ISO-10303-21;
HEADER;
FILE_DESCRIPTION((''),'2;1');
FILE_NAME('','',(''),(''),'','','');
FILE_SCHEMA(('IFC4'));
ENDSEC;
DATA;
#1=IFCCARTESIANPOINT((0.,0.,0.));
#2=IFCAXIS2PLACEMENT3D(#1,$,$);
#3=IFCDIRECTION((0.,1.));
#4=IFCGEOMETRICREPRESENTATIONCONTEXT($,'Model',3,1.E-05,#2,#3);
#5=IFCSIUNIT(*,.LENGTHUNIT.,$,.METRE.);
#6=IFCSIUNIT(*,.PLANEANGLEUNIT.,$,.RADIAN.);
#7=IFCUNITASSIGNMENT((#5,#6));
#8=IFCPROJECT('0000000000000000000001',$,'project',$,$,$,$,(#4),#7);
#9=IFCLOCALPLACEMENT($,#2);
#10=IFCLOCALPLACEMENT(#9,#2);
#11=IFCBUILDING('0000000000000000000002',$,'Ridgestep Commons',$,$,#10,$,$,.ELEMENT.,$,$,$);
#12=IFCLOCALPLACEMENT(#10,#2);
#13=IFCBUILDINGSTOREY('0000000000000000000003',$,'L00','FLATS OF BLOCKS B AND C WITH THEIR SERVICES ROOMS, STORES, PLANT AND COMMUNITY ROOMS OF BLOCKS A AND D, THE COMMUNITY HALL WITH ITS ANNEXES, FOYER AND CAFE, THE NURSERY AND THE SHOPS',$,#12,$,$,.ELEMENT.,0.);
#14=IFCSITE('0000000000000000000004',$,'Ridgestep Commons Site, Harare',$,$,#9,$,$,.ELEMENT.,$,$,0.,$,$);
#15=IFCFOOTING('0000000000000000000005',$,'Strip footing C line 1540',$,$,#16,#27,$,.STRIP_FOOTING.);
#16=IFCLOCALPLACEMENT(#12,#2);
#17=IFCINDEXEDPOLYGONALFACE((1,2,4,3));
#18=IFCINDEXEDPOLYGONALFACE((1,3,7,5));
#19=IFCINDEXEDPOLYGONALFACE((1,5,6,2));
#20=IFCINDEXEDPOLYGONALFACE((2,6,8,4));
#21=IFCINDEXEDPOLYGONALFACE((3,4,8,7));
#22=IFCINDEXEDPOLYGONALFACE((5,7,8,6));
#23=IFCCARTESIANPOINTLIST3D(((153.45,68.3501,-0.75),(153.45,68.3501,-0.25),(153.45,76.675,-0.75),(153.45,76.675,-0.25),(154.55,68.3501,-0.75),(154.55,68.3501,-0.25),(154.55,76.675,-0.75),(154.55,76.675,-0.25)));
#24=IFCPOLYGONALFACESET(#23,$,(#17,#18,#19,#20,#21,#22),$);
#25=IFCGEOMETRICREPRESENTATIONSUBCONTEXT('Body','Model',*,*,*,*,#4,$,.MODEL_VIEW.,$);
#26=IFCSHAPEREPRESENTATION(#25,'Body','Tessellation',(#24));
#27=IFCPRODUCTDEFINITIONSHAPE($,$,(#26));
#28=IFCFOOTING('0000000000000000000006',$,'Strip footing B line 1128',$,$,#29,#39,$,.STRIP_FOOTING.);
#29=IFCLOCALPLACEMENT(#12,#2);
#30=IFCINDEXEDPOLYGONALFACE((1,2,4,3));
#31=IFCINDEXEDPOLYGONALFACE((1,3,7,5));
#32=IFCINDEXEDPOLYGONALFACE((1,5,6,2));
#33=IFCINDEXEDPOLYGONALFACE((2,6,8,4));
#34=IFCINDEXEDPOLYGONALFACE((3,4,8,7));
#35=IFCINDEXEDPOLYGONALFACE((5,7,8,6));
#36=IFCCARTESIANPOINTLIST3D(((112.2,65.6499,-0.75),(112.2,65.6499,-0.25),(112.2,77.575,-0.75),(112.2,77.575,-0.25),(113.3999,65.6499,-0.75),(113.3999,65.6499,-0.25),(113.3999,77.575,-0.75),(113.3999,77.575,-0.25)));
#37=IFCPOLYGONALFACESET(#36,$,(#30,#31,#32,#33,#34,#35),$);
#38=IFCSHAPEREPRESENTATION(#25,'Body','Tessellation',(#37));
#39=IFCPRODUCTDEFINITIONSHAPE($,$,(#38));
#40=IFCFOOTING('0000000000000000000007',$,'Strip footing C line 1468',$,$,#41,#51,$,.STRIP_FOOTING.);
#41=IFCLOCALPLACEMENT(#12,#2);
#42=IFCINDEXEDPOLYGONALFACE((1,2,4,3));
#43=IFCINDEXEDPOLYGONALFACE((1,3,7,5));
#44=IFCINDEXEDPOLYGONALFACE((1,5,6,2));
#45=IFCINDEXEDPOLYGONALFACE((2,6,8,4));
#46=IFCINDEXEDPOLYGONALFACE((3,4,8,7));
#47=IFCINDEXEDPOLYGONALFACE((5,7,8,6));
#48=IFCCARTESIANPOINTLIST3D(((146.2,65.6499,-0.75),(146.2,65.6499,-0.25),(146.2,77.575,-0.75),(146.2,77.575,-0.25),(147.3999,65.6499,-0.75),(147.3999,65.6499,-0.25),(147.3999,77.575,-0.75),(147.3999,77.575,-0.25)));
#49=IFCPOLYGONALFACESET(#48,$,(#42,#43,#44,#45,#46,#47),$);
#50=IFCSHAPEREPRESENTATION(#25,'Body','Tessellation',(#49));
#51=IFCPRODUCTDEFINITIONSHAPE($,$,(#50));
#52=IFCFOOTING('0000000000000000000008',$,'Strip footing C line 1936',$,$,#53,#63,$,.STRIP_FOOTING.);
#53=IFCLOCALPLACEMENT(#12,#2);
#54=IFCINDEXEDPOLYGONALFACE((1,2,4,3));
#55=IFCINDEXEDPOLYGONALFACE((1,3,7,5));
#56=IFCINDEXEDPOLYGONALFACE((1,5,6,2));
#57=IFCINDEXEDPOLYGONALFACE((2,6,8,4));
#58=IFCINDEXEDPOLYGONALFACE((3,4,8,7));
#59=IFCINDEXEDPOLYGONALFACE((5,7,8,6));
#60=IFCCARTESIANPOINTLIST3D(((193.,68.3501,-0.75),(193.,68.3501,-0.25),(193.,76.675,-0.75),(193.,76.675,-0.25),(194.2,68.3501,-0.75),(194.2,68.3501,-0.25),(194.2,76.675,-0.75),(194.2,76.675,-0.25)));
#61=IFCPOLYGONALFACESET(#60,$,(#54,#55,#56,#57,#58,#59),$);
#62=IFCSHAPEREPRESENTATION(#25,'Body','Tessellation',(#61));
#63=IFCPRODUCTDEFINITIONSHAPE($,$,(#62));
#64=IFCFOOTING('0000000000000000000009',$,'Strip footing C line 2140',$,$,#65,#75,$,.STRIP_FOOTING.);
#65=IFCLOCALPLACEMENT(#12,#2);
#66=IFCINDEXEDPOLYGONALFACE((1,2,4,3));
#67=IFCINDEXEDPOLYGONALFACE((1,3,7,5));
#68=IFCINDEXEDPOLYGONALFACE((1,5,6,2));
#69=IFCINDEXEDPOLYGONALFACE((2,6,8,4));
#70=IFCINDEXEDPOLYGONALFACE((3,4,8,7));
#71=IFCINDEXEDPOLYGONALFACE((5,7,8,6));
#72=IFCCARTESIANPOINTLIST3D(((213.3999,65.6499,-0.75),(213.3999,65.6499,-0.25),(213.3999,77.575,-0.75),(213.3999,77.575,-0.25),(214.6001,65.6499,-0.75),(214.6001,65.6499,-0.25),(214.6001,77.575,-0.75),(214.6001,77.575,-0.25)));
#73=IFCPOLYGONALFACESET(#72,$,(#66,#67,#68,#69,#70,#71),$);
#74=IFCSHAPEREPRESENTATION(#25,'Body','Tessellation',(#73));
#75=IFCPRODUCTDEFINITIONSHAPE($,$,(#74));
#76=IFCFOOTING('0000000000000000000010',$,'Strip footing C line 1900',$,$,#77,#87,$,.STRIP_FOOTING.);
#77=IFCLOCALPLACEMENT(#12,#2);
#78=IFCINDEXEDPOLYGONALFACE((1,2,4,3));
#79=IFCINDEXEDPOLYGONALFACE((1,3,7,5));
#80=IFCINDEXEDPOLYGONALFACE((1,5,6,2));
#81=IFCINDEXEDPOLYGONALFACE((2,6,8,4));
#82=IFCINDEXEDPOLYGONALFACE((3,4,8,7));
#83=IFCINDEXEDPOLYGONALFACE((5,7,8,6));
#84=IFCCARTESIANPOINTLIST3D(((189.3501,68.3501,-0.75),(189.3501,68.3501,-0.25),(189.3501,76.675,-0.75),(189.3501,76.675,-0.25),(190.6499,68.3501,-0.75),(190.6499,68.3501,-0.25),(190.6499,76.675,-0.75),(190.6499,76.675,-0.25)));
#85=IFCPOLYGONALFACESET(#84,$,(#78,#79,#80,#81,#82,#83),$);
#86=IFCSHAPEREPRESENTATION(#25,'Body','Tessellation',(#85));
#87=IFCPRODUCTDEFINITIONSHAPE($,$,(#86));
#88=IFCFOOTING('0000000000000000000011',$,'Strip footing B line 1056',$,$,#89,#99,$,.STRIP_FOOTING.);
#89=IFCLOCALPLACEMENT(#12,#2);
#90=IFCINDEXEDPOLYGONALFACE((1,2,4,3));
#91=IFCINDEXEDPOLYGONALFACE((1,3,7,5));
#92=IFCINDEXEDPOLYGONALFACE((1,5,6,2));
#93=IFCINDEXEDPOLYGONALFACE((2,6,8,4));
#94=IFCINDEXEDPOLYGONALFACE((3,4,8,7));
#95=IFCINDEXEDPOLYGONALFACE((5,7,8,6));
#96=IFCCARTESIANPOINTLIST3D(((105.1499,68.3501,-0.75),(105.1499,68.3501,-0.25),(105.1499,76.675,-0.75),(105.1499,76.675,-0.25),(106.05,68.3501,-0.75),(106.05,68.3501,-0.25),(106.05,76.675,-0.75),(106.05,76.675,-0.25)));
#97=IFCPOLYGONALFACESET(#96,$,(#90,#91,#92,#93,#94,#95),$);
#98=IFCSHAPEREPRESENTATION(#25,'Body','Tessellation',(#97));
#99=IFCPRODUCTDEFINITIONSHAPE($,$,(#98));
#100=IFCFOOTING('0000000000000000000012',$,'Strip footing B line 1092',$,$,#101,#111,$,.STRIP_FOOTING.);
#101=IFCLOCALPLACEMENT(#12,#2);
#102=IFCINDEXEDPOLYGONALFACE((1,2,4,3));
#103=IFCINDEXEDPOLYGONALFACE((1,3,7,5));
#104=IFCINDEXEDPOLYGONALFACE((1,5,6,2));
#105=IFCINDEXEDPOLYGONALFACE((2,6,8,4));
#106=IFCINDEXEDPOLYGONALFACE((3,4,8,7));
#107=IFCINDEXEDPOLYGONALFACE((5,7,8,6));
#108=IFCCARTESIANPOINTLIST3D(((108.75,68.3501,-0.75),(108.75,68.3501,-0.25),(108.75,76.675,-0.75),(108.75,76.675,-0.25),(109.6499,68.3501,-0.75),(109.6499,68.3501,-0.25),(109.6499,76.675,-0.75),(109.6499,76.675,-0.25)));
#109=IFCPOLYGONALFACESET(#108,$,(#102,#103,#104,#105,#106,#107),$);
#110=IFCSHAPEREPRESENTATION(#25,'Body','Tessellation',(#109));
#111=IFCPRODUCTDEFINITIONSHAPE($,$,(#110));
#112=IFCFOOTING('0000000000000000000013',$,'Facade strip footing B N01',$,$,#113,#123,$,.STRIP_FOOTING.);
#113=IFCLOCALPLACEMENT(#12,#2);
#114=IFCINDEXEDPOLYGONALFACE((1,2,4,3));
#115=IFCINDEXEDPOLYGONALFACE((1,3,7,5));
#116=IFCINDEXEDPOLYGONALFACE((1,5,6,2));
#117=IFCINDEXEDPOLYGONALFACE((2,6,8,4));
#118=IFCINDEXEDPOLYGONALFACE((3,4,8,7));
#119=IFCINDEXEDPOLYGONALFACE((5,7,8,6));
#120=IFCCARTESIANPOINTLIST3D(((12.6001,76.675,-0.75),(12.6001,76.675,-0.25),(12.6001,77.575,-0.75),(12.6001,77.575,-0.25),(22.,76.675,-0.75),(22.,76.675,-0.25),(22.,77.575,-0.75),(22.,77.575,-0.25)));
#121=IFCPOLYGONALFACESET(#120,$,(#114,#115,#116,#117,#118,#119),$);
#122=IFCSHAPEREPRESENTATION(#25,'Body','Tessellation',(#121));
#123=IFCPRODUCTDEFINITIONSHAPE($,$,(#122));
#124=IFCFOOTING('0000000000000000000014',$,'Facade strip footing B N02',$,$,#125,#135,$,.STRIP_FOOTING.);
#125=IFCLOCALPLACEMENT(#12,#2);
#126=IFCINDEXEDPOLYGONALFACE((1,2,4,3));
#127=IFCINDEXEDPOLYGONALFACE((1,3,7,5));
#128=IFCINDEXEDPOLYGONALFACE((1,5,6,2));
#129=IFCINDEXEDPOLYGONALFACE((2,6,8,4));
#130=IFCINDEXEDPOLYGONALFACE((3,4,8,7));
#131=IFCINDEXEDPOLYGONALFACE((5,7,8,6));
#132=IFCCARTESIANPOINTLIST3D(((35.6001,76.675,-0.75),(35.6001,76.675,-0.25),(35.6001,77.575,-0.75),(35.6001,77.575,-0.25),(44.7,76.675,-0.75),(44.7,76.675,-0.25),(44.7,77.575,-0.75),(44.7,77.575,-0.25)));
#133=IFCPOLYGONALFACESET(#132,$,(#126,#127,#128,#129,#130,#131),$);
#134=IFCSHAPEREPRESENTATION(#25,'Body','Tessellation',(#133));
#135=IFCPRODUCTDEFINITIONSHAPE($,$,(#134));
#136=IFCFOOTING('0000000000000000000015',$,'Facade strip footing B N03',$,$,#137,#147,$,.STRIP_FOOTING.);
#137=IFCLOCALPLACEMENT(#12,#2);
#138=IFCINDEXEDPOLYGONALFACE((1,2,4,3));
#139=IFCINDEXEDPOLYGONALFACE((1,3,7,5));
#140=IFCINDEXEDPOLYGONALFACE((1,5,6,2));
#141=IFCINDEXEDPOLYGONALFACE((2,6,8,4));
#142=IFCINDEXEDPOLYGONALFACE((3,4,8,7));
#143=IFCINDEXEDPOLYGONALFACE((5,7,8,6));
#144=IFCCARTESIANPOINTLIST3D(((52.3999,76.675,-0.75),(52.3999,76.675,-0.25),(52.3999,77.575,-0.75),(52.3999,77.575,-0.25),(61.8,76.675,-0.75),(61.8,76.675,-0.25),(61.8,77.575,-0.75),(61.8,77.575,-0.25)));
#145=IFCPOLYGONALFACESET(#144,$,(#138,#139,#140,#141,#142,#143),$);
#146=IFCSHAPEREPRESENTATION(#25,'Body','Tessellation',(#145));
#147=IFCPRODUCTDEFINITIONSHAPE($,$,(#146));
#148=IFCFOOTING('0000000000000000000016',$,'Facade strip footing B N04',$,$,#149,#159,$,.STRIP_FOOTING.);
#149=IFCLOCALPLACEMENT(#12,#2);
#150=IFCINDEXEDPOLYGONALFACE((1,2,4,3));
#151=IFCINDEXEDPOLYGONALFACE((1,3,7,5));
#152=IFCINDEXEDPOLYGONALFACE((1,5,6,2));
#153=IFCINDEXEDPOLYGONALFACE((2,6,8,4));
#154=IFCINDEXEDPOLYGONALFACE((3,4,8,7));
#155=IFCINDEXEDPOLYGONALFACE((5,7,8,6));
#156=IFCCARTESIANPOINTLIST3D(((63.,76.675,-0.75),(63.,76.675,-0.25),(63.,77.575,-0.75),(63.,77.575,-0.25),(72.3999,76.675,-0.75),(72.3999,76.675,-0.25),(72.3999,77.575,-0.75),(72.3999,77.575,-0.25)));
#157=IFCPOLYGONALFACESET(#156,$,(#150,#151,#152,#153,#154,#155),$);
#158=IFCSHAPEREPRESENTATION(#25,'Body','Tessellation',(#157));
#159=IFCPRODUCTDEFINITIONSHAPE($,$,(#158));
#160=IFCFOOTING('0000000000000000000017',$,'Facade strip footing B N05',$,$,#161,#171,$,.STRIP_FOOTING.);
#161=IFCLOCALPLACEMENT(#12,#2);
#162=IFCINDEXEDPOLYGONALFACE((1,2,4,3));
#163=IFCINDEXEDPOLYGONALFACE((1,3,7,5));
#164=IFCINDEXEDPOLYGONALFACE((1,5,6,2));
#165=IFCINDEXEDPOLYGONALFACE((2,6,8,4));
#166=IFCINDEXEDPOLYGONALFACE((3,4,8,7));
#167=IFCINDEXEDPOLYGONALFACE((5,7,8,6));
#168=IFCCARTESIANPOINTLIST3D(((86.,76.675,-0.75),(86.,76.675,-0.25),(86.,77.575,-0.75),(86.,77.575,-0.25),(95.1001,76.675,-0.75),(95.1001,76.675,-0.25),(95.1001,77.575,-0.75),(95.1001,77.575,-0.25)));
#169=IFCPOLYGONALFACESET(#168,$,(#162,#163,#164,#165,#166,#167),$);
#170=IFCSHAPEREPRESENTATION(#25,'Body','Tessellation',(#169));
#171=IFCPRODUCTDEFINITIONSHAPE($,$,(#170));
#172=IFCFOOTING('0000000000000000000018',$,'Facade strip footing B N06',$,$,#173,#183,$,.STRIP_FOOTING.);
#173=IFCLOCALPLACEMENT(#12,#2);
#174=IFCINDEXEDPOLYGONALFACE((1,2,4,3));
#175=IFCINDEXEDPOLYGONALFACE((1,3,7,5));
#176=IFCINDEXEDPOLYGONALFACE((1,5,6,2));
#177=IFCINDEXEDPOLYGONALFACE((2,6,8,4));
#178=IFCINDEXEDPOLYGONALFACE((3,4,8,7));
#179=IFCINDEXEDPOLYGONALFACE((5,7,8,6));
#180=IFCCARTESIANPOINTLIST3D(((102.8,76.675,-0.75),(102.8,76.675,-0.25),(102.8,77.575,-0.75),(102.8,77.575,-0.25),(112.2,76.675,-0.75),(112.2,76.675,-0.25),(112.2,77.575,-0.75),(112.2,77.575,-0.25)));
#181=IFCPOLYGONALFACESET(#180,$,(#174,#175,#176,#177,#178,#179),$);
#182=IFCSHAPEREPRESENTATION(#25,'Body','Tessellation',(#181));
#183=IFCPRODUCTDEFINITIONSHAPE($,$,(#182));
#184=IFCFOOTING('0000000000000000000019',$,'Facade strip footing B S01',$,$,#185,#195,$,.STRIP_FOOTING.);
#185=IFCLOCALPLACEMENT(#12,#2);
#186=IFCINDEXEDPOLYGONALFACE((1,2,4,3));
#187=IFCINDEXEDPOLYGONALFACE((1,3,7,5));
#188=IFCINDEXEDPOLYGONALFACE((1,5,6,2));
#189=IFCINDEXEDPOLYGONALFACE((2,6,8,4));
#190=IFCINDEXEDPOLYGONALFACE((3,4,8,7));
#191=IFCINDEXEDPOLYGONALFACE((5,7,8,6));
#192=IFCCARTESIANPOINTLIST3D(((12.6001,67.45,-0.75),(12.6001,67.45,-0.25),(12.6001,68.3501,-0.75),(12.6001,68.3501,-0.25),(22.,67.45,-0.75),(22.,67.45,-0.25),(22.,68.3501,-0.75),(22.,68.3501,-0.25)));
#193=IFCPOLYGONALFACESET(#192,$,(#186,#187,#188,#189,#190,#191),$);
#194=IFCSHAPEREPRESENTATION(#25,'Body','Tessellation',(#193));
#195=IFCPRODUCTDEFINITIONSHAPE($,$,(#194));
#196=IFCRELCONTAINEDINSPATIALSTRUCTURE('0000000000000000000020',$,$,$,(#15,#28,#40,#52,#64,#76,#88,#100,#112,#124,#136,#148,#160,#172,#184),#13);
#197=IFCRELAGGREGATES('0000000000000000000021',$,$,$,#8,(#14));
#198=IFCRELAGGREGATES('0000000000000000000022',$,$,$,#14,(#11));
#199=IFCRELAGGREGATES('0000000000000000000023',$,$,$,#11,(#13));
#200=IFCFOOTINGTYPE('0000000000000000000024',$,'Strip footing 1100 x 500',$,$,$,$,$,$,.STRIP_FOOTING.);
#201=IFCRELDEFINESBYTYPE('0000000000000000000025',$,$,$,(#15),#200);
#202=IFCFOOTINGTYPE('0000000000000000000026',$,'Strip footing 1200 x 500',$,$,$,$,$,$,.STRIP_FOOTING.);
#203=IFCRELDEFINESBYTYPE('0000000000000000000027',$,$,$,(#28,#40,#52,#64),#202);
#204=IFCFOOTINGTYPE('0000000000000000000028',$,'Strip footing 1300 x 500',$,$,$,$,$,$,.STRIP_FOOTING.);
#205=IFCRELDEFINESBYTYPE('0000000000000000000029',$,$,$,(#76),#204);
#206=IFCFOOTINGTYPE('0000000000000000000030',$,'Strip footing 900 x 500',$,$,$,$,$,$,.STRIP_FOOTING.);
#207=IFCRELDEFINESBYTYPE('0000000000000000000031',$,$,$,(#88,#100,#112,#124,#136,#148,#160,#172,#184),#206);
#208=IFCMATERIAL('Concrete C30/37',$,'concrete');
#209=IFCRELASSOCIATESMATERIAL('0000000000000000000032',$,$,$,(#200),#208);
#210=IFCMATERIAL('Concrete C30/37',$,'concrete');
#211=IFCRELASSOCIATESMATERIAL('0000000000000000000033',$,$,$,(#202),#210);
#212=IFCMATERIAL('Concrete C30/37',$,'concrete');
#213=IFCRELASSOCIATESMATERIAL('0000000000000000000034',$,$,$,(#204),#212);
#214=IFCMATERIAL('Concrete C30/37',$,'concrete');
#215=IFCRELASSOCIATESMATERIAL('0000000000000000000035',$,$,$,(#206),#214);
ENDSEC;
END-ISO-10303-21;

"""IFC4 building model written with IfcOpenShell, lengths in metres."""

from ifc_helpers import new_model, si_unit, direction, frame, origin, place, context, subcontext, project, spatial, polyline, outline, extrude, material, type_object, element, save


model = new_model("IFC4")

# Units and contexts
model_context = context("Model", 3, precision=1e-05, world=origin(), true_north=direction((0.0, 1.0)))
body_context = subcontext(model_context, "Body", "Model", "MODEL_VIEW")
ifc_project = project(units=[si_unit("LENGTHUNIT", "METRE"), si_unit("PLANEANGLEUNIT", "RADIAN")], contexts=[model_context])

# Site, building, storey
site_placement = place(None, origin())
site = spatial("IfcSite", under=ifc_project, at=site_placement, Name="Ridgestep Commons Site, Harare", CompositionType="ELEMENT", RefElevation=0.0)
building_placement = place(site_placement, origin())
building = spatial("IfcBuilding", under=site, at=building_placement, Name="Ridgestep Commons", CompositionType="ELEMENT")
storey_placement = place(building_placement, origin())
storey = spatial("IfcBuildingStorey", under=building, at=storey_placement, Name="L00", Description="FLATS OF BLOCKS B AND C WITH THEIR SERVICES ROOMS, STORES, PLANT AND COMMUNITY ROOMS OF BLOCKS A AND D, THE COMMUNITY HALL WITH ITS ANNEXES, FOYER AND CAFE, THE NURSERY AND THE SHOPS", CompositionType="ELEMENT", Elevation=0.0)

# Footings
ifc_material_1 = material(Name="Concrete C30/37", Category="concrete")
footing_type_1 = type_object("IfcFootingType", Name="Strip footing 1100 x 500", PredefinedType="STRIP_FOOTING", material=ifc_material_1)
footing_1_placement = place(storey_placement, frame((0.0, 0.0, -0.75)))
element("IfcFooting", 1, at=footing_1_placement, inside=storey, type_object=footing_type_1, Name="Strip footing C line 1540", PredefinedType="STRIP_FOOTING", context=body_context, shape_type="SweptSolid", body=[
    extrude(outline(polyline([(154.55, 68.3501), (154.55, 76.675), (153.45, 76.675), (153.45, 68.3501), (154.55, 68.3501)])), origin(), (0.0, 0.0, 1.0), 0.5),
])
ifc_material_2 = material(Name="Concrete C30/37", Category="concrete")
footing_type_2 = type_object("IfcFootingType", Name="Strip footing 1200 x 500", PredefinedType="STRIP_FOOTING", material=ifc_material_2)
footing_2_placement = place(storey_placement, frame((0.0, 0.0, -0.75)))
element("IfcFooting", 2, at=footing_2_placement, inside=storey, type_object=footing_type_2, Name="Strip footing B line 1128", PredefinedType="STRIP_FOOTING", context=body_context, shape_type="SweptSolid", body=[
    extrude(outline(polyline([(113.3999, 65.6499), (113.3999, 77.575), (112.2, 77.575), (112.2, 65.6499), (113.3999, 65.6499)])), origin(), (0.0, 0.0, 1.0), 0.5),
])
footing_3_placement = place(storey_placement, frame((0.0, 0.0, -0.75)))
element("IfcFooting", 3, at=footing_3_placement, inside=storey, type_object=footing_type_2, Name="Strip footing C line 1468", PredefinedType="STRIP_FOOTING", context=body_context, shape_type="SweptSolid", body=[
    extrude(outline(polyline([(147.3999, 65.6499), (147.3999, 77.575), (146.2, 77.575), (146.2, 65.6499), (147.3999, 65.6499)])), origin(), (0.0, 0.0, 1.0), 0.5),
])
footing_4_placement = place(storey_placement, frame((0.0, 0.0, -0.75)))
element("IfcFooting", 4, at=footing_4_placement, inside=storey, type_object=footing_type_2, Name="Strip footing C line 1936", PredefinedType="STRIP_FOOTING", context=body_context, shape_type="SweptSolid", body=[
    extrude(outline(polyline([(194.2, 68.3501), (194.2, 76.675), (193.0, 76.675), (193.0, 68.3501), (194.2, 68.3501)])), origin(), (0.0, 0.0, 1.0), 0.5),
])
footing_5_placement = place(storey_placement, frame((0.0, 0.0, -0.75)))
element("IfcFooting", 5, at=footing_5_placement, inside=storey, type_object=footing_type_2, Name="Strip footing C line 2140", PredefinedType="STRIP_FOOTING", context=body_context, shape_type="SweptSolid", body=[
    extrude(outline(polyline([(214.6001, 65.6499), (214.6001, 77.575), (213.3999, 77.575), (213.3999, 65.6499), (214.6001, 65.6499)])), origin(), (0.0, 0.0, 1.0), 0.5),
])
ifc_material_3 = material(Name="Concrete C30/37", Category="concrete")
footing_type_3 = type_object("IfcFootingType", Name="Strip footing 1300 x 500", PredefinedType="STRIP_FOOTING", material=ifc_material_3)
footing_6_placement = place(storey_placement, frame((0.0, 0.0, -0.75)))
element("IfcFooting", 6, at=footing_6_placement, inside=storey, type_object=footing_type_3, Name="Strip footing C line 1900", PredefinedType="STRIP_FOOTING", context=body_context, shape_type="SweptSolid", body=[
    extrude(outline(polyline([(190.6499, 68.3501), (190.6499, 76.675), (189.3501, 76.675), (189.3501, 68.3501), (190.6499, 68.3501)])), origin(), (0.0, 0.0, 1.0), 0.5),
])
ifc_material_4 = material(Name="Concrete C30/37", Category="concrete")
footing_type_4 = type_object("IfcFootingType", Name="Strip footing 900 x 500", PredefinedType="STRIP_FOOTING", material=ifc_material_4)
footing_7_placement = place(storey_placement, frame((0.0, 0.0, -0.75)))
element("IfcFooting", 7, at=footing_7_placement, inside=storey, type_object=footing_type_4, Name="Strip footing B line 1056", PredefinedType="STRIP_FOOTING", context=body_context, shape_type="SweptSolid", body=[
    extrude(outline(polyline([(106.05, 68.3501), (106.05, 76.675), (105.1499, 76.675), (105.1499, 68.3501), (106.05, 68.3501)])), origin(), (0.0, 0.0, 1.0), 0.5),
])
footing_8_placement = place(storey_placement, frame((0.0, 0.0, -0.75)))
element("IfcFooting", 8, at=footing_8_placement, inside=storey, type_object=footing_type_4, Name="Strip footing B line 1092", PredefinedType="STRIP_FOOTING", context=body_context, shape_type="SweptSolid", body=[
    extrude(outline(polyline([(109.6499, 68.3501), (109.6499, 76.675), (108.75, 76.675), (108.75, 68.3501), (109.6499, 68.3501)])), origin(), (0.0, 0.0, 1.0), 0.5),
])
footing_9_placement = place(storey_placement, frame((0.0, 0.0, -0.75)))
element("IfcFooting", 9, at=footing_9_placement, inside=storey, type_object=footing_type_4, Name="Facade strip footing B N01", PredefinedType="STRIP_FOOTING", context=body_context, shape_type="SweptSolid", body=[
    extrude(outline(polyline([(22.0, 76.675), (22.0, 77.575), (12.6001, 77.575), (12.6001, 76.675), (22.0, 76.675)])), origin(), (0.0, 0.0, 1.0), 0.5),
])
footing_10_placement = place(storey_placement, frame((0.0, 0.0, -0.75)))
element("IfcFooting", 10, at=footing_10_placement, inside=storey, type_object=footing_type_4, Name="Facade strip footing B N02", PredefinedType="STRIP_FOOTING", context=body_context, shape_type="SweptSolid", body=[
    extrude(outline(polyline([(44.7, 76.675), (44.7, 77.575), (35.6001, 77.575), (35.6001, 76.675), (44.7, 76.675)])), origin(), (0.0, 0.0, 1.0), 0.5),
])
footing_11_placement = place(storey_placement, frame((0.0, 0.0, -0.75)))
element("IfcFooting", 11, at=footing_11_placement, inside=storey, type_object=footing_type_4, Name="Facade strip footing B N03", PredefinedType="STRIP_FOOTING", context=body_context, shape_type="SweptSolid", body=[
    extrude(outline(polyline([(61.8, 76.675), (61.8, 77.575), (52.3999, 77.575), (52.3999, 76.675), (61.8, 76.675)])), origin(), (0.0, 0.0, 1.0), 0.5),
])
footing_12_placement = place(storey_placement, frame((0.0, 0.0, -0.75)))
element("IfcFooting", 12, at=footing_12_placement, inside=storey, type_object=footing_type_4, Name="Facade strip footing B N04", PredefinedType="STRIP_FOOTING", context=body_context, shape_type="SweptSolid", body=[
    extrude(outline(polyline([(72.3999, 76.675), (72.3999, 77.575), (63.0, 77.575), (63.0, 76.675), (72.3999, 76.675)])), origin(), (0.0, 0.0, 1.0), 0.5),
])
footing_13_placement = place(storey_placement, frame((0.0, 0.0, -0.75)))
element("IfcFooting", 13, at=footing_13_placement, inside=storey, type_object=footing_type_4, Name="Facade strip footing B N05", PredefinedType="STRIP_FOOTING", context=body_context, shape_type="SweptSolid", body=[
    extrude(outline(polyline([(95.1001, 76.675), (95.1001, 77.575), (86.0, 77.575), (86.0, 76.675), (95.1001, 76.675)])), origin(), (0.0, 0.0, 1.0), 0.5),
])
footing_14_placement = place(storey_placement, frame((0.0, 0.0, -0.75)))
element("IfcFooting", 14, at=footing_14_placement, inside=storey, type_object=footing_type_4, Name="Facade strip footing B N06", PredefinedType="STRIP_FOOTING", context=body_context, shape_type="SweptSolid", body=[
    extrude(outline(polyline([(112.2, 76.675), (112.2, 77.575), (102.8, 77.575), (102.8, 76.675), (112.2, 76.675)])), origin(), (0.0, 0.0, 1.0), 0.5),
])
footing_15_placement = place(storey_placement, frame((0.0, 0.0, -0.75)))
element("IfcFooting", 15, at=footing_15_placement, inside=storey, type_object=footing_type_4, Name="Facade strip footing B S01", PredefinedType="STRIP_FOOTING", context=body_context, shape_type="SweptSolid", body=[
    extrude(outline(polyline([(22.0, 67.45), (22.0, 68.3501), (12.6001, 68.3501), (12.6001, 67.45), (22.0, 67.45)])), origin(), (0.0, 0.0, 1.0), 0.5),
])

save(model, "model.ifc")
